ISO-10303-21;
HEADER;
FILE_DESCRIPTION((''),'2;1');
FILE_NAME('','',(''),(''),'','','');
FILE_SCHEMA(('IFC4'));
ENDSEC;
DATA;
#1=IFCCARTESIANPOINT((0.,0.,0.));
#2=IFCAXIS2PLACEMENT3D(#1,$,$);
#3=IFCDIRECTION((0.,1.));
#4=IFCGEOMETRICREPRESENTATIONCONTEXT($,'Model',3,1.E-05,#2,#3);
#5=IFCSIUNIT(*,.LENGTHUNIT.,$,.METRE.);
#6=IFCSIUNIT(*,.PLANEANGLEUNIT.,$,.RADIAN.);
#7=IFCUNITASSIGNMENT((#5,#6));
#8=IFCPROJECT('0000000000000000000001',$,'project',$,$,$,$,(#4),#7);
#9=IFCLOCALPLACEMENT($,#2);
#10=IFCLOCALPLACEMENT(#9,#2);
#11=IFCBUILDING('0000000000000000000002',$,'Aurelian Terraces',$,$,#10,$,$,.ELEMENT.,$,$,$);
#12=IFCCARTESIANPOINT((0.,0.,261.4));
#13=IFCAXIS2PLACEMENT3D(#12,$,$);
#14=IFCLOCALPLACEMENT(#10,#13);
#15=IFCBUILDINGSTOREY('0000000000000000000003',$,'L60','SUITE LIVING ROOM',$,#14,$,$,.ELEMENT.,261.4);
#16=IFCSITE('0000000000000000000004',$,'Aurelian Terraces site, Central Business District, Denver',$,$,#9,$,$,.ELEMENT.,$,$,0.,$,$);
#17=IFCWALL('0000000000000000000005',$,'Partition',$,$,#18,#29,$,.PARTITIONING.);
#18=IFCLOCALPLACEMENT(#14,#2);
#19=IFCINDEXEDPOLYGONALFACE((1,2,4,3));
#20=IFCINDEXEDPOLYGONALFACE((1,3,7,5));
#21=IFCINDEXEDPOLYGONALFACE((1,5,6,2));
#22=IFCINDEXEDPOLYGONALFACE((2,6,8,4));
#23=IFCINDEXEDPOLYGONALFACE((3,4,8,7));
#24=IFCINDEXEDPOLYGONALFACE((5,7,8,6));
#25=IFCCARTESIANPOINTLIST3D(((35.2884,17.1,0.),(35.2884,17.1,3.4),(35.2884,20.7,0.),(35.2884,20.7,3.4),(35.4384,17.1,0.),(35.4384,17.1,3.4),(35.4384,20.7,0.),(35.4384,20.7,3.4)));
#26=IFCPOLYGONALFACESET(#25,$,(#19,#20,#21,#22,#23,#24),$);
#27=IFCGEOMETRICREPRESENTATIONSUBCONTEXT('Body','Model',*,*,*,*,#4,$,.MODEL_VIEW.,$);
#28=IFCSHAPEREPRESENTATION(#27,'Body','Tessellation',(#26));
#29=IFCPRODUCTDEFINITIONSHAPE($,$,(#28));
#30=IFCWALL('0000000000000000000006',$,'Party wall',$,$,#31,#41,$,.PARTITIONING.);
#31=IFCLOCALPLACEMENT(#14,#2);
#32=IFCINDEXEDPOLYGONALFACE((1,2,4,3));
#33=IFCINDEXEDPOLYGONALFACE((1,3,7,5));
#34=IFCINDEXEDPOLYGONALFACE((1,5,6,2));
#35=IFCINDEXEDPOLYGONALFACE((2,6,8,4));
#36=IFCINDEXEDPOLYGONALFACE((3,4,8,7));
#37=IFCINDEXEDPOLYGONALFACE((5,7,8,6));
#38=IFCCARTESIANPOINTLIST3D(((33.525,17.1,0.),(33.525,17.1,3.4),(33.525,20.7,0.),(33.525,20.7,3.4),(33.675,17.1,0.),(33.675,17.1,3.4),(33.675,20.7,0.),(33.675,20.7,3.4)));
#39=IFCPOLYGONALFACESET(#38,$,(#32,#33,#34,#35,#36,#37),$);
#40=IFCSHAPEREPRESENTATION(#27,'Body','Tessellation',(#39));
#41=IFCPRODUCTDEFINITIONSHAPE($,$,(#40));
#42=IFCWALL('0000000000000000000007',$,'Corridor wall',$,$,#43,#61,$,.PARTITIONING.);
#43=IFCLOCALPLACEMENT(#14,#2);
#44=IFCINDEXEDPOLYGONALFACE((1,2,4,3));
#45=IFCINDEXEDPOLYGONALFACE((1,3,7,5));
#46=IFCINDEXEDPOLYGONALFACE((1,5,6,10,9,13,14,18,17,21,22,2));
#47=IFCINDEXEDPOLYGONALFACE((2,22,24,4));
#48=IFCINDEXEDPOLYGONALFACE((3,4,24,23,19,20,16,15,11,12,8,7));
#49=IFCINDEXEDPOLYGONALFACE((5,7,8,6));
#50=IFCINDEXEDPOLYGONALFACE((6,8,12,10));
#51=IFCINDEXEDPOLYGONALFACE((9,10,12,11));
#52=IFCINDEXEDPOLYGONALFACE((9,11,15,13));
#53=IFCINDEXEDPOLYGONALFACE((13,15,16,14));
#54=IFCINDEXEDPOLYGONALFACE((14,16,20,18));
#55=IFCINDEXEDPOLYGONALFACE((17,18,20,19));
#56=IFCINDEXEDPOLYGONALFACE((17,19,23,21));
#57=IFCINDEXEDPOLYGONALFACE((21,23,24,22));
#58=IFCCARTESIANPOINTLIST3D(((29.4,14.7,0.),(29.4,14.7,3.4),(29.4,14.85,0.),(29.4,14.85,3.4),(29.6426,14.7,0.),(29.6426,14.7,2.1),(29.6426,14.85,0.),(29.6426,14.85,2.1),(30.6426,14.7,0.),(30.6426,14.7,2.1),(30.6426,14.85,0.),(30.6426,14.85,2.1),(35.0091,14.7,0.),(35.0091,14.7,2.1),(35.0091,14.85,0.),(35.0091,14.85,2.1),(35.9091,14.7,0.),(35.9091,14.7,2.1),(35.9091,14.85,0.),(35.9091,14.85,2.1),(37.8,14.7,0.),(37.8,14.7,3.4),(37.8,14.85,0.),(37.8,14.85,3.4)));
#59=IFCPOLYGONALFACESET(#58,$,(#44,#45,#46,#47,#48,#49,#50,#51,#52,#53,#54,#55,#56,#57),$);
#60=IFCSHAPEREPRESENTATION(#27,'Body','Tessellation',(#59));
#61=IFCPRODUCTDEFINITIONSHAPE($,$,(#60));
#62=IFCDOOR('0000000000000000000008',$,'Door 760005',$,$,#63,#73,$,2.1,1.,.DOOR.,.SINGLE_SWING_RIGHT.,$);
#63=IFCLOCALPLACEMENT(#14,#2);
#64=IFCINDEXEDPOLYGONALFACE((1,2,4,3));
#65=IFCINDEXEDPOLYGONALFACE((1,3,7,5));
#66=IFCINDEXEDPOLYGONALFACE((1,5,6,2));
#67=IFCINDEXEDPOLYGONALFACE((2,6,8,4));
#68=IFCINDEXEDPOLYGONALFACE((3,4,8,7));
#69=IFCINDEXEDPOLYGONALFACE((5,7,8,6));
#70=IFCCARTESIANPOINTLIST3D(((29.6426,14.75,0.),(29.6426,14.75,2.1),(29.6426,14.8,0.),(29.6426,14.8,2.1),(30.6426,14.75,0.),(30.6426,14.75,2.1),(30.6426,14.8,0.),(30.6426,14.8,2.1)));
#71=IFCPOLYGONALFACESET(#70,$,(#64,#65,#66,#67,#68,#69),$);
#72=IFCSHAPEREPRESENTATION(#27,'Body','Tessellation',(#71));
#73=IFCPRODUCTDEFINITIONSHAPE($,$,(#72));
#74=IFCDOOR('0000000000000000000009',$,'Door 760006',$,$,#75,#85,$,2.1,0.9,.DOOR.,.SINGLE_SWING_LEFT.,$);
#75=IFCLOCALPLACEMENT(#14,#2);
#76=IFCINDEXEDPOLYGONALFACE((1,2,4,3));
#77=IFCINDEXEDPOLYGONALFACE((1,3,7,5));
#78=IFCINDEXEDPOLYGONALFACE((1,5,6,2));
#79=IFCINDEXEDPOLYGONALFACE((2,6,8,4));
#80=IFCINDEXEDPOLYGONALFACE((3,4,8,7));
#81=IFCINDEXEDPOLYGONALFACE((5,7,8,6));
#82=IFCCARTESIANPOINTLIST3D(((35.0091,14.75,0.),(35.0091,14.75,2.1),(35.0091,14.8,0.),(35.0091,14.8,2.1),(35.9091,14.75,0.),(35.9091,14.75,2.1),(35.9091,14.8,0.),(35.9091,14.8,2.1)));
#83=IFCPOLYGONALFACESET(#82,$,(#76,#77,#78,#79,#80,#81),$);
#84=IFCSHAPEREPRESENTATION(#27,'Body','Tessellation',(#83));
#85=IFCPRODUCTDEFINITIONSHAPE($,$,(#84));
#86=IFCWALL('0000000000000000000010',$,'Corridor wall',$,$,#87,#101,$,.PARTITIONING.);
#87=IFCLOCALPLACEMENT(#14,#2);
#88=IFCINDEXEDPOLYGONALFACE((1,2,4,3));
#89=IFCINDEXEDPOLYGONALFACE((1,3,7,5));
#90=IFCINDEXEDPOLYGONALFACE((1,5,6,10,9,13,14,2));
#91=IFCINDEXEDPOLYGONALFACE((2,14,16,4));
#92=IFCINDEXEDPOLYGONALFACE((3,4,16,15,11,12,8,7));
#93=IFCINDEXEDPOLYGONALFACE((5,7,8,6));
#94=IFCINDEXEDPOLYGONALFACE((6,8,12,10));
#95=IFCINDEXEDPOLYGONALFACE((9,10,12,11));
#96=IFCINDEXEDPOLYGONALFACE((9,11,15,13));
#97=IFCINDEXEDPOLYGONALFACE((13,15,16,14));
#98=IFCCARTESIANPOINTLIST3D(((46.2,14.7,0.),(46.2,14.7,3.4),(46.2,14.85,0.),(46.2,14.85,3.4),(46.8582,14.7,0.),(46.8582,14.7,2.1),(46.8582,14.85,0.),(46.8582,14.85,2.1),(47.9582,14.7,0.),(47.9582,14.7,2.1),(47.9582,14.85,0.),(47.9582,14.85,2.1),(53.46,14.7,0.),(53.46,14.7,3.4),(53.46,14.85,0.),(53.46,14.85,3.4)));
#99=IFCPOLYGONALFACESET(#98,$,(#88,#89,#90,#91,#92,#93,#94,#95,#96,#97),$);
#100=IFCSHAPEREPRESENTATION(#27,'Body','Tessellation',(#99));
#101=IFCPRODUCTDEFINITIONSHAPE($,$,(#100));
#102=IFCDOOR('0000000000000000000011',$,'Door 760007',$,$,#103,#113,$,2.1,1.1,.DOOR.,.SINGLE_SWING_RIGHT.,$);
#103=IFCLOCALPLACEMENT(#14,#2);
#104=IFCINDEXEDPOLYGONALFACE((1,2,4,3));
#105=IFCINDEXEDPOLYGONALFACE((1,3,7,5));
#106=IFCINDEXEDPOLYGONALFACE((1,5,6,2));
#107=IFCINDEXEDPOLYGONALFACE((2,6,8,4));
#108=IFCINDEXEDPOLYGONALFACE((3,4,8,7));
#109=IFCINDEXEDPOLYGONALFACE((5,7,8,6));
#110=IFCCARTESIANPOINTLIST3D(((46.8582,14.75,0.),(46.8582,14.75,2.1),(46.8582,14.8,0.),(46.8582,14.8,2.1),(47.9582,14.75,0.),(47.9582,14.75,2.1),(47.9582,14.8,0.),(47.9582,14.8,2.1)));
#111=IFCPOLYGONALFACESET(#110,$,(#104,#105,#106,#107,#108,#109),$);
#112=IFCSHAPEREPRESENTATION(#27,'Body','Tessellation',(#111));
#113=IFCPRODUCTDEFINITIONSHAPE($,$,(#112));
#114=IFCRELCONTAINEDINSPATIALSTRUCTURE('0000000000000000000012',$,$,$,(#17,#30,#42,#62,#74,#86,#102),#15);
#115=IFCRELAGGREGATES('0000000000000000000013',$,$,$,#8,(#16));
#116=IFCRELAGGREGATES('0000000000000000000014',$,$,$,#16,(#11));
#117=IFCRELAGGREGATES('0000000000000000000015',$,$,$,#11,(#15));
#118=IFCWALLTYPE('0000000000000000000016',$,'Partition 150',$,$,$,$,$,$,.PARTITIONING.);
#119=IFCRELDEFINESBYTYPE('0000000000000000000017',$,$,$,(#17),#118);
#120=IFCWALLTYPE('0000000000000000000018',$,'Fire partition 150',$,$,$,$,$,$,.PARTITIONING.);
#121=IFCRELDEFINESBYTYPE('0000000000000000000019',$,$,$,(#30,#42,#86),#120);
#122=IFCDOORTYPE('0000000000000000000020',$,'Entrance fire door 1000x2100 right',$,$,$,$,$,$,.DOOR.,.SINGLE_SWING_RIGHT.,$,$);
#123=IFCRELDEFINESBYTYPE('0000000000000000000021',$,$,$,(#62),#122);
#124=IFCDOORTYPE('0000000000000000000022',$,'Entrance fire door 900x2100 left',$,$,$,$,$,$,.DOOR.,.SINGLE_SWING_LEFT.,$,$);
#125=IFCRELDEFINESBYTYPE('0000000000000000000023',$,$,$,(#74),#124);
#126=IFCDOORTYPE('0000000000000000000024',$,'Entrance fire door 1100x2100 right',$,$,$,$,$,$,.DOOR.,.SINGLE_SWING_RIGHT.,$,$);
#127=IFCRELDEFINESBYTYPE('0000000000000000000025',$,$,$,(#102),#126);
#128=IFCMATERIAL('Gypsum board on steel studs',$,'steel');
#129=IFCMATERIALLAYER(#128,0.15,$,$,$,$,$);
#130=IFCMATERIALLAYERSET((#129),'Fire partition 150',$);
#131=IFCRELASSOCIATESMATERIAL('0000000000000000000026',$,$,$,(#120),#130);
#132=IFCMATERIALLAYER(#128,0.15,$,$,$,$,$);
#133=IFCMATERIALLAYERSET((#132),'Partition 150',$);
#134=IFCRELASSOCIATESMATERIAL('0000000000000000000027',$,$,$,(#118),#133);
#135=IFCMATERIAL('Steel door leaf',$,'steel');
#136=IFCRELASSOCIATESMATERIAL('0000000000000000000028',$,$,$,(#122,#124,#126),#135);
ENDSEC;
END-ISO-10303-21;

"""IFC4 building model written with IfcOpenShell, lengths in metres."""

from ifc_helpers import new_model, si_unit, direction, frame, frame_2d, origin, place, context, subcontext, project, spatial, rectangle, extrude, source, transform, mapped, material, layer, layer_set, type_object, element, fill, save


model = new_model("IFC4")

# Units and contexts
model_context = context("Model", 3, precision=1e-05, world=origin(), true_north=direction((0.0, 1.0)))
body_context = subcontext(model_context, "Body", "Model", "MODEL_VIEW")
ifc_project = project(units=[si_unit("LENGTHUNIT", "METRE"), si_unit("PLANEANGLEUNIT", "RADIAN")], contexts=[model_context])

# Site, building, storey
site_placement = place(None, origin())
site = spatial("IfcSite", under=ifc_project, at=site_placement, Name="Aurelian Terraces site, Central Business District, Denver", CompositionType="ELEMENT", RefElevation=0.0)
building_placement = place(site_placement, origin())
building = spatial("IfcBuilding", under=site, at=building_placement, Name="Aurelian Terraces", CompositionType="ELEMENT")
storey_placement = place(building_placement, frame((0.0, 0.0, 261.4)))
storey = spatial("IfcBuildingStorey", under=building, at=storey_placement, Name="L60", Description="SUITE LIVING ROOM", CompositionType="ELEMENT", Elevation=261.4)

# Shared definitions
ifc_material_1 = material(Name="Gypsum board on steel studs", Category="steel")
ifc_layer_1 = layer(ifc_material_1, 0.15)
ifc_layer_set_1 = layer_set([ifc_layer_1], Name="Fire partition 150")
wall_type_1 = type_object("IfcWallType", Name="Fire partition 150", PredefinedType="PARTITIONING", material=ifc_layer_set_1)
shared_shape_1 = source(origin(), body_context, "Body", "SweptSolid", [
    extrude(rectangle(XDim=0.9, YDim=2.1, at=frame_2d((0.45, 1.05))), frame((0.0, 0.085, 0.0), z_axis=(0.0, -1.0, 0.0), x_axis=(1.0, 0.0, 0.0)), (0.0, 0.0, 1.0), 0.17),
])
shared_shape_2 = source(origin(), body_context, "Body", "SweptSolid", [
    extrude(rectangle(XDim=0.9, YDim=2.1, at=frame_2d((0.45, 1.05))), frame((0.0, 0.025, 0.0), z_axis=(0.0, -1.0, 0.0), x_axis=(1.0, 0.0, 0.0)), (0.0, 0.0, 1.0), 0.05),
])

# Walls
ifc_layer_2 = layer(ifc_material_1, 0.15)
ifc_layer_set_2 = layer_set([ifc_layer_2], Name="Partition 150")
wall_type_2 = type_object("IfcWallType", Name="Partition 150", PredefinedType="PARTITIONING", material=ifc_layer_set_2)
shared_shape_3 = source(origin(), body_context, "Body", "SweptSolid", [
    extrude(rectangle(XDim=3.6, YDim=0.15, at=frame_2d((1.8, 0.0))), origin(), (0.0, 0.0, 1.0), 3.4),
])
wall_1_placement = place(storey_placement, frame((35.3634, 20.7, 0.0), z_axis=(0.0, 0.0, 1.0), x_axis=(0.0, -1.0, 0.0)))
element("IfcWall", 1, at=wall_1_placement, inside=storey, type_object=wall_type_2, Name="Partition", PredefinedType="PARTITIONING", context=body_context, shape_type="MappedRepresentation", body=[
    mapped(shared_shape_3, transform((0.0, 0.0, 0.0), scale=1.0)),
])
wall_2_placement = place(storey_placement, frame((33.6, 17.1, 0.0), z_axis=(0.0, 0.0, 1.0), x_axis=(0.0, 1.0, 0.0)))
element("IfcWall", 2, at=wall_2_placement, inside=storey, type_object=wall_type_1, Name="Party wall", PredefinedType="PARTITIONING", context=body_context, shape_type="MappedRepresentation", body=[
    mapped(shared_shape_3, transform((0.0, 0.0, 0.0), scale=1.0)),
])

# Wall, openings, doors
shared_shape_4 = source(origin(), body_context, "Body", "SweptSolid", [
    extrude(rectangle(XDim=8.4, YDim=0.15, at=frame_2d((4.2, 0.0))), origin(), (0.0, 0.0, 1.0), 3.4),
])
wall_3_placement = place(storey_placement, frame((37.8, 14.775, 0.0), z_axis=(0.0, 0.0, 1.0), x_axis=(-1.0, 0.0, 0.0)))
wall_3 = element("IfcWall", 3, at=wall_3_placement, inside=storey, type_object=wall_type_1, Name="Corridor wall", PredefinedType="PARTITIONING", context=body_context, shape_type="MappedRepresentation", body=[
    mapped(shared_shape_4, transform((0.0, 0.0, 0.0), scale=1.0)),
])
shared_shape_5 = source(origin(), body_context, "Body", "SweptSolid", [
    extrude(rectangle(XDim=1.0, YDim=2.1, at=frame_2d((0.5, 1.05))), frame((0.0, 0.085, 0.0), z_axis=(0.0, -1.0, 0.0), x_axis=(1.0, 0.0, 0.0)), (0.0, 0.0, 1.0), 0.17),
])
opening_1_placement = place(wall_3_placement, frame((7.1574, 0.0, 0.0)))
opening_1 = element("IfcOpeningElement", 4, at=opening_1_placement, cuts=wall_3, PredefinedType="OPENING", context=body_context, shape_type="MappedRepresentation", body=[
    mapped(shared_shape_5, transform((0.0, 0.0, 0.0), scale=1.0)),
])
opening_2_placement = place(wall_3_placement, frame((1.8909, 0.0, 0.0)))
opening_2 = element("IfcOpeningElement", 5, at=opening_2_placement, cuts=wall_3, PredefinedType="OPENING", context=body_context, shape_type="MappedRepresentation", body=[
    mapped(shared_shape_1, transform((0.0, 0.0, 0.0), scale=1.0)),
])
ifc_material_2 = material(Name="Steel door leaf", Category="steel")
door_type_1 = type_object("IfcDoorType", Name="Entrance fire door 1000x2100 right", OperationType="SINGLE_SWING_RIGHT", PredefinedType="DOOR", material=ifc_material_2)
shared_shape_6 = source(origin(), body_context, "Body", "SweptSolid", [
    extrude(rectangle(XDim=1.0, YDim=2.1, at=frame_2d((0.5, 1.05))), frame((0.0, 0.025, 0.0), z_axis=(0.0, -1.0, 0.0), x_axis=(1.0, 0.0, 0.0)), (0.0, 0.0, 1.0), 0.05),
])
door_1_placement = place(opening_1_placement, origin())
door_1 = element("IfcDoor", 6, at=door_1_placement, inside=storey, type_object=door_type_1, Name="Door 760005", OperationType="SINGLE_SWING_RIGHT", OverallHeight=2.1, OverallWidth=1.0, PredefinedType="DOOR", context=body_context, shape_type="MappedRepresentation", body=[
    mapped(shared_shape_6, transform((0.0, 0.0, 0.0), scale=1.0)),
])
fill(opening_1, door_1)
door_type_2 = type_object("IfcDoorType", Name="Entrance fire door 900x2100 left", OperationType="SINGLE_SWING_LEFT", PredefinedType="DOOR", material=ifc_material_2)
door_2_placement = place(opening_2_placement, origin())
door_2 = element("IfcDoor", 7, at=door_2_placement, inside=storey, type_object=door_type_2, Name="Door 760006", OperationType="SINGLE_SWING_LEFT", OverallHeight=2.1, OverallWidth=0.9, PredefinedType="DOOR", context=body_context, shape_type="MappedRepresentation", body=[
    mapped(shared_shape_2, transform((0.0, 0.0, 0.0), scale=1.0)),
])
fill(opening_2, door_2)

# Wall, opening, door
shared_shape_7 = source(origin(), body_context, "Body", "SweptSolid", [
    extrude(rectangle(XDim=7.26, YDim=0.15, at=frame_2d((3.63, 0.0))), origin(), (0.0, 0.0, 1.0), 3.4),
])
wall_4_placement = place(storey_placement, frame((53.46, 14.775, 0.0), z_axis=(0.0, 0.0, 1.0), x_axis=(-1.0, 0.0, 0.0)))
wall_4 = element("IfcWall", 8, at=wall_4_placement, inside=storey, type_object=wall_type_1, Name="Corridor wall", PredefinedType="PARTITIONING", context=body_context, shape_type="MappedRepresentation", body=[
    mapped(shared_shape_7, transform((0.0, 0.0, 0.0), scale=1.0)),
])
shared_shape_8 = source(origin(), body_context, "Body", "SweptSolid", [
    extrude(rectangle(XDim=1.1, YDim=2.1, at=frame_2d((0.55, 1.05))), frame((0.0, 0.085, 0.0), z_axis=(0.0, -1.0, 0.0), x_axis=(1.0, 0.0, 0.0)), (0.0, 0.0, 1.0), 0.17),
])
opening_3_placement = place(wall_4_placement, frame((5.5018, 0.0, 0.0)))
opening_3 = element("IfcOpeningElement", 9, at=opening_3_placement, cuts=wall_4, PredefinedType="OPENING", context=body_context, shape_type="MappedRepresentation", body=[
    mapped(shared_shape_8, transform((0.0, 0.0, 0.0), scale=1.0)),
])
door_type_3 = type_object("IfcDoorType", Name="Entrance fire door 1100x2100 right", OperationType="SINGLE_SWING_RIGHT", PredefinedType="DOOR", material=ifc_material_2)
shared_shape_9 = source(origin(), body_context, "Body", "SweptSolid", [
    extrude(rectangle(XDim=1.1, YDim=2.1, at=frame_2d((0.55, 1.05))), frame((0.0, 0.025, 0.0), z_axis=(0.0, -1.0, 0.0), x_axis=(1.0, 0.0, 0.0)), (0.0, 0.0, 1.0), 0.05),
])
door_3_placement = place(opening_3_placement, origin())
door_3 = element("IfcDoor", 10, at=door_3_placement, inside=storey, type_object=door_type_3, Name="Door 760007", OperationType="SINGLE_SWING_RIGHT", OverallHeight=2.1, OverallWidth=1.1, PredefinedType="DOOR", context=body_context, shape_type="MappedRepresentation", body=[
    mapped(shared_shape_9, transform((0.0, 0.0, 0.0), scale=1.0)),
])
fill(opening_3, door_3)

save(model, "model.ifc")
